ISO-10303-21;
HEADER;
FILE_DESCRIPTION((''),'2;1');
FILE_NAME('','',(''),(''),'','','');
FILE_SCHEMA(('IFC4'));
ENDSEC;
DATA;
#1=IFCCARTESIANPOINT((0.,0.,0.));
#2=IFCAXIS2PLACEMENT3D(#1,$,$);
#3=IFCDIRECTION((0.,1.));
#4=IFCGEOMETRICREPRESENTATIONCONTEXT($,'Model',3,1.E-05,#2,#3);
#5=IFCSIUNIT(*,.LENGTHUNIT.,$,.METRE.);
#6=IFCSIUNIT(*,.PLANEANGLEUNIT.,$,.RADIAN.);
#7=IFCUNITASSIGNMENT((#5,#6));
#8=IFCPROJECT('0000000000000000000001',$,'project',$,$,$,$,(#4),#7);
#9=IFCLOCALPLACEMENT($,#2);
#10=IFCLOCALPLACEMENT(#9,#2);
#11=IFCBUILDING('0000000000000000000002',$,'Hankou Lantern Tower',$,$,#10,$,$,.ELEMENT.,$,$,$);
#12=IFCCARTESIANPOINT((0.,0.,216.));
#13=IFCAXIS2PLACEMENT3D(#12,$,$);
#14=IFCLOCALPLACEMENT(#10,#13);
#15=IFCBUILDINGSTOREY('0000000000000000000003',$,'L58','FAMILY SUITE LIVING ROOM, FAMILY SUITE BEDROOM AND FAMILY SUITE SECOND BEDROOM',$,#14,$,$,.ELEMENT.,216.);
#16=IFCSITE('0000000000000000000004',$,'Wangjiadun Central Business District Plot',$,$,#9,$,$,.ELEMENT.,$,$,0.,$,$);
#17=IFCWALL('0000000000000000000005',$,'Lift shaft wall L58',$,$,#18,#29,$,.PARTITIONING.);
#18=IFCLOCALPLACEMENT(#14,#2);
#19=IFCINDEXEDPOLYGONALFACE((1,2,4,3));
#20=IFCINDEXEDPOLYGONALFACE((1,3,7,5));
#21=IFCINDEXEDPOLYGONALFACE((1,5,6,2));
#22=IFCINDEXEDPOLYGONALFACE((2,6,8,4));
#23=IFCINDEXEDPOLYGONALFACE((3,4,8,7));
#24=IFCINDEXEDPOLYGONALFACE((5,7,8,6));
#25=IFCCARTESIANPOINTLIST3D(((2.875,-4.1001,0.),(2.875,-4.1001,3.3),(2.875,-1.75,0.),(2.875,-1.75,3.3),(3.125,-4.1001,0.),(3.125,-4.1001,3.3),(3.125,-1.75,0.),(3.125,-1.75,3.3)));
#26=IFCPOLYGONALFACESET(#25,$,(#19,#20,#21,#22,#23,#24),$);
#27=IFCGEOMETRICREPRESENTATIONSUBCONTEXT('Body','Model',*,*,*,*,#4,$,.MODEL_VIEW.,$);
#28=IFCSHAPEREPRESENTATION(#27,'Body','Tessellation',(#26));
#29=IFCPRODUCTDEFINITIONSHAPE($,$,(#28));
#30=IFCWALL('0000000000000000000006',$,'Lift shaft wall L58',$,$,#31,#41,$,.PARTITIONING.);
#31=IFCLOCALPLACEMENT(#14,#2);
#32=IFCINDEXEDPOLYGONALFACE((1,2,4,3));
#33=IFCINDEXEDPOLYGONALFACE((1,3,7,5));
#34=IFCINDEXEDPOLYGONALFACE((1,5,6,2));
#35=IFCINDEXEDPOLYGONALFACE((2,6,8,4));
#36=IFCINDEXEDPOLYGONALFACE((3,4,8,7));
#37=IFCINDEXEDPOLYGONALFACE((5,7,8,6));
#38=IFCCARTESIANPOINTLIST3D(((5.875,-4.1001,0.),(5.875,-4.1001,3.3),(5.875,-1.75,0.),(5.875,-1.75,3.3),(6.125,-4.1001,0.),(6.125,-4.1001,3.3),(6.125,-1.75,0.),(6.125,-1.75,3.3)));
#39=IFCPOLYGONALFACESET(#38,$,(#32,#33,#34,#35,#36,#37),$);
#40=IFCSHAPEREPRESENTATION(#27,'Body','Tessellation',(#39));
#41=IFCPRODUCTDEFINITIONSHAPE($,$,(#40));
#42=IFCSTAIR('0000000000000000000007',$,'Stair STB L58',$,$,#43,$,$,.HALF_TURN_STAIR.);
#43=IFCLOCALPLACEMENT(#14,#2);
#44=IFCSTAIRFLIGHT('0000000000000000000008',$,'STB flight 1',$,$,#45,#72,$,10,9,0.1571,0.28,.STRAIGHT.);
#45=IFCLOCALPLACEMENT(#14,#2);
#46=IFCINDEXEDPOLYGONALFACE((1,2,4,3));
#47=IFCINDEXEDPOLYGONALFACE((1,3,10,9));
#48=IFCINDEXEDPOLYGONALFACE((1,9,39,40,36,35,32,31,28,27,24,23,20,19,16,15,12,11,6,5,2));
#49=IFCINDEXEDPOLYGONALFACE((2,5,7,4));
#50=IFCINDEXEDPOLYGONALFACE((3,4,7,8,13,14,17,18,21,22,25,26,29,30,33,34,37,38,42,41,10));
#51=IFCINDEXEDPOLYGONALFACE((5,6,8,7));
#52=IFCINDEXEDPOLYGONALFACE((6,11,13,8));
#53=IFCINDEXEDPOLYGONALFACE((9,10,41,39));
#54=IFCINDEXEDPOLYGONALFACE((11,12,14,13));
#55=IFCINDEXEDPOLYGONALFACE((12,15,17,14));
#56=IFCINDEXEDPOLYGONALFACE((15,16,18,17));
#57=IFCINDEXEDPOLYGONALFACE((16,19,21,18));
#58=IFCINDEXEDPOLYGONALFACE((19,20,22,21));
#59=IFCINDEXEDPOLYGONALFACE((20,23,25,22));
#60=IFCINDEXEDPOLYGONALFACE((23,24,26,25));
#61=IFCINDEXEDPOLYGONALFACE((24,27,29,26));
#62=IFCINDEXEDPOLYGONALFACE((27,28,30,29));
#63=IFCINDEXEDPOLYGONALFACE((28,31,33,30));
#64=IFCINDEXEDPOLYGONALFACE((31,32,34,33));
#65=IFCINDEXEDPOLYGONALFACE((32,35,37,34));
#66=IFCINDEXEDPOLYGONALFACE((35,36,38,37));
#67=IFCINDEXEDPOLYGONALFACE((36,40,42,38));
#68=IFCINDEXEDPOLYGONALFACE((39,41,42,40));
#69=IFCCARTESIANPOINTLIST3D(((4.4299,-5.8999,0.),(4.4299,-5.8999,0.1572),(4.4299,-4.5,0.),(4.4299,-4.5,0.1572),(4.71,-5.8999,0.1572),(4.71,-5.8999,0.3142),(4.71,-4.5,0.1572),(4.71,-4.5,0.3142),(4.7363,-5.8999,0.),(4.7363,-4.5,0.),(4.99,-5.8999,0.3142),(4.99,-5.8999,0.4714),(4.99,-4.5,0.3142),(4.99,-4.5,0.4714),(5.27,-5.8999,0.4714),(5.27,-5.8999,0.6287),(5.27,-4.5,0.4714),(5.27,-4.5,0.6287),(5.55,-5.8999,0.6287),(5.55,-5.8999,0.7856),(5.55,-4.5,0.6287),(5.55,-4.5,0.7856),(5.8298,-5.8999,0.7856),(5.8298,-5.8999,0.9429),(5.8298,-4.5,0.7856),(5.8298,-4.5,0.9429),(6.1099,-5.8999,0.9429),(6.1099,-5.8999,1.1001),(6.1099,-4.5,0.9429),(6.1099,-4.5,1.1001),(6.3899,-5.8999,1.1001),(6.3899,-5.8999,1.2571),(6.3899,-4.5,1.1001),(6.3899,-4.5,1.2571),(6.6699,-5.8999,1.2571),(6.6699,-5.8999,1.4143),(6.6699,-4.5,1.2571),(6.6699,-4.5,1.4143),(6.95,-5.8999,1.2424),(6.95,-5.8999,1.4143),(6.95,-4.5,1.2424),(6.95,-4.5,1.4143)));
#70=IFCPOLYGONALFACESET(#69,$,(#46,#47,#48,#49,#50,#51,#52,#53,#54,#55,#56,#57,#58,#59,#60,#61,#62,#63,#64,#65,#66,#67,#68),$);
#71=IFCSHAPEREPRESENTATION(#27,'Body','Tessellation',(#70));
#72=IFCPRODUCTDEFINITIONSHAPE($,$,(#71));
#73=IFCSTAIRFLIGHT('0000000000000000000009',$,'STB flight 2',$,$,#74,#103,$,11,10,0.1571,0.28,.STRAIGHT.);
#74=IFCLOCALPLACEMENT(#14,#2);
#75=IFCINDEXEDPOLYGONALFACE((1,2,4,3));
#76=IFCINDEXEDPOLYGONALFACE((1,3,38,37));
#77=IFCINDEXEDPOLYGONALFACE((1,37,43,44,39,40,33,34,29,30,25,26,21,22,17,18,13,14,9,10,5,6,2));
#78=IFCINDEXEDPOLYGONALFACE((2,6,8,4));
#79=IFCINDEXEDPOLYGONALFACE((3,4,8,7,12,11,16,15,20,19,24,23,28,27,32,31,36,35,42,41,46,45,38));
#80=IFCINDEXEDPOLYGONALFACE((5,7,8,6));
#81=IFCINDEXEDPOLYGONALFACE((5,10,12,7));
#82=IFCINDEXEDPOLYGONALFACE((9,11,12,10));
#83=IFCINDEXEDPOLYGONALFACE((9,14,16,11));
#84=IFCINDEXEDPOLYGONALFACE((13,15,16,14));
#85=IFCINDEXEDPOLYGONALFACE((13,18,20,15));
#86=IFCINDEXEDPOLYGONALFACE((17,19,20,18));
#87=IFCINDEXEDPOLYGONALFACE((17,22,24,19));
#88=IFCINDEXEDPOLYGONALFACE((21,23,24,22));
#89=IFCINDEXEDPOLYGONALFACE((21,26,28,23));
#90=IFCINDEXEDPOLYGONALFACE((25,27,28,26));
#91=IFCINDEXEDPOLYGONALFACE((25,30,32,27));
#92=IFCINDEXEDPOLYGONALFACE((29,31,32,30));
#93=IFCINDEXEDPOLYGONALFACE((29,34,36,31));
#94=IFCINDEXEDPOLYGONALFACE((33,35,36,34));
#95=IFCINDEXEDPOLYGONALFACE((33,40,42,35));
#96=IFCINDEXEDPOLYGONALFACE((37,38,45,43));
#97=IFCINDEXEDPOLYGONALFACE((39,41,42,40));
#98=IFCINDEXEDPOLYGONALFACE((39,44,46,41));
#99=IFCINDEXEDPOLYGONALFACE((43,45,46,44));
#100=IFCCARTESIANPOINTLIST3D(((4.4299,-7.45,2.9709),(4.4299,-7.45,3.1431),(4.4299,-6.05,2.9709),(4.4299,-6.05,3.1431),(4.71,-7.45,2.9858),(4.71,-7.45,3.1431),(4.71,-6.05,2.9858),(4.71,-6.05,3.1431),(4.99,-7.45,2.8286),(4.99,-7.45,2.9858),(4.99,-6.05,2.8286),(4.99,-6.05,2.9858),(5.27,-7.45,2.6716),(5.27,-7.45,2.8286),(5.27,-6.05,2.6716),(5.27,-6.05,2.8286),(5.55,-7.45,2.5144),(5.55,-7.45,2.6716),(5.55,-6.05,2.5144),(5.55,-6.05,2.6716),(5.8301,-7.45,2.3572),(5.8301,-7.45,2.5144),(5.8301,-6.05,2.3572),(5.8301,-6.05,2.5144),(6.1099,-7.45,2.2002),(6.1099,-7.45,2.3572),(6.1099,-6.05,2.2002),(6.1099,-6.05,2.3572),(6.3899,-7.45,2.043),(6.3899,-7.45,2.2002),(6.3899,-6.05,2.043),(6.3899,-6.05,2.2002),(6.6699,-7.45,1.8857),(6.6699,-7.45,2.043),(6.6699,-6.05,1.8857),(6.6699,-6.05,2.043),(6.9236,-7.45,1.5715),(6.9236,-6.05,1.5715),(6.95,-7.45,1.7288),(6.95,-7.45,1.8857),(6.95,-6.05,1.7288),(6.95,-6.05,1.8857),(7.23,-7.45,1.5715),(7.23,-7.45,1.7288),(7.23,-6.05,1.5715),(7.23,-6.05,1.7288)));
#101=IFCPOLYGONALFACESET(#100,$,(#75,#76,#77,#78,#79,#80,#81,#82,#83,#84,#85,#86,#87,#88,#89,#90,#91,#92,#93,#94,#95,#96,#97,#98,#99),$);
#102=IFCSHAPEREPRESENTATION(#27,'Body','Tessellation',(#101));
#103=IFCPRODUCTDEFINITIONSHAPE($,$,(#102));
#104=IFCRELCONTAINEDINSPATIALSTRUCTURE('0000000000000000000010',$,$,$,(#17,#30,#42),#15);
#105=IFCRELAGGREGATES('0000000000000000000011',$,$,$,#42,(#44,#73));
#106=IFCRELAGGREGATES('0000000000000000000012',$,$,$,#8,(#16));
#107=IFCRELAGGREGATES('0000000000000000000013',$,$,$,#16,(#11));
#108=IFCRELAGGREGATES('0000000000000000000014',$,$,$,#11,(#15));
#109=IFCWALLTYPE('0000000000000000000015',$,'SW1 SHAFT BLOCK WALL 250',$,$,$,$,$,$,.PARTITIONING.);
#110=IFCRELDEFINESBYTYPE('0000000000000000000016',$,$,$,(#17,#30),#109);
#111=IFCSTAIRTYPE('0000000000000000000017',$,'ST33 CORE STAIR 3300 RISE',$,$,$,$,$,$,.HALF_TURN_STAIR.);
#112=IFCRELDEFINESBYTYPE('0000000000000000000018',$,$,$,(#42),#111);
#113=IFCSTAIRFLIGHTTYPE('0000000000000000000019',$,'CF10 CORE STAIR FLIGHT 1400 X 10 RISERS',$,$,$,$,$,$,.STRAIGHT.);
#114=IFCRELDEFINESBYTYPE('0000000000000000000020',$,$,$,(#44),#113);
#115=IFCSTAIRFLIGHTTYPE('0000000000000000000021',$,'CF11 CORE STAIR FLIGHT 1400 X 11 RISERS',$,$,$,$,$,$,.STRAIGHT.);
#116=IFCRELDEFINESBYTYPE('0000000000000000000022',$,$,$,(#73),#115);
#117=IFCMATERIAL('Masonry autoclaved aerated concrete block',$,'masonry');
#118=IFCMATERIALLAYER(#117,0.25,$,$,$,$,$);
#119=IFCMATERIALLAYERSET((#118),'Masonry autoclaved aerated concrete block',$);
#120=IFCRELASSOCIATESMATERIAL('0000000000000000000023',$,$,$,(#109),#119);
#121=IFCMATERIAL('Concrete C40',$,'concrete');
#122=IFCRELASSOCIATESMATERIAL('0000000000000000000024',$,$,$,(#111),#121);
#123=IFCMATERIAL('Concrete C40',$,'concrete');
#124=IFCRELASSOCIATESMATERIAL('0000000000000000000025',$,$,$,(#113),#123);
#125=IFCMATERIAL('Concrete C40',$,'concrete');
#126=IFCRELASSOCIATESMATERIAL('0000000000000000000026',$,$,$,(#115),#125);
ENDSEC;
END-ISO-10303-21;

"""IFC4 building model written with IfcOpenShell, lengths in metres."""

from ifc_helpers import new_model, si_unit, direction, frame, frame_2d, origin, place, context, subcontext, project, spatial, polyline, rectangle, outline, extrude, material, layer, layer_set, type_object, element, aggregate, save


model = new_model("IFC4")

# Units and contexts
model_context = context("Model", 3, precision=1e-05, world=origin(), true_north=direction((0.0, 1.0)))
body_context = subcontext(model_context, "Body", "Model", "MODEL_VIEW")
ifc_project = project(units=[si_unit("LENGTHUNIT", "METRE"), si_unit("PLANEANGLEUNIT", "RADIAN")], contexts=[model_context])

# Site, building, storey
site_placement = place(None, origin())
site = spatial("IfcSite", under=ifc_project, at=site_placement, Name="Wangjiadun Central Business District Plot", CompositionType="ELEMENT", RefElevation=0.0)
building_placement = place(site_placement, origin())
building = spatial("IfcBuilding", under=site, at=building_placement, Name="Hankou Lantern Tower", CompositionType="ELEMENT")
storey_placement = place(building_placement, frame((0.0, 0.0, 216.0)))
storey = spatial("IfcBuildingStorey", under=building, at=storey_placement, Name="L58", Description="FAMILY SUITE LIVING ROOM, FAMILY SUITE BEDROOM AND FAMILY SUITE SECOND BEDROOM", CompositionType="ELEMENT", Elevation=216.0)

# Walls
ifc_material_1 = material(Name="Masonry autoclaved aerated concrete block", Category="masonry")
ifc_layer_1 = layer(ifc_material_1, 0.25)
ifc_layer_set_1 = layer_set([ifc_layer_1], Name="Masonry autoclaved aerated concrete block")
wall_type_1 = type_object("IfcWallType", Name="SW1 SHAFT BLOCK WALL 250", PredefinedType="PARTITIONING", material=ifc_layer_set_1)
for number, where, z_axis, x_axis, name in (
    (1, (3.0, -4.1001, 0.0), (0.0, 0.0, 1.0), (0.0, 1.0, 0.0), "Lift shaft wall L58"),
    (2, (6.0, -4.1001, 0.0), (0.0, 0.0, 1.0), (0.0, 1.0, 0.0), "Lift shaft wall L58"),
):
    element("IfcWall", number, at=place(storey_placement, frame(where, z_axis=z_axis, x_axis=x_axis)), inside=storey, type_object=wall_type_1, Name=name, PredefinedType="PARTITIONING", context=body_context, shape_type="SweptSolid", body=[
        extrude(rectangle(XDim=2.3501, YDim=0.25, at=frame_2d((1.175, 0.0))), origin(), (0.0, 0.0, 1.0), 3.3),
    ])

# Stair, stair flights
ifc_material_2 = material(Name="Concrete C40", Category="concrete")
stair_type = type_object("IfcStairType", Name="ST33 CORE STAIR 3300 RISE", PredefinedType="HALF_TURN_STAIR", material=ifc_material_2)
stair_placement = place(storey_placement, origin())
stair = element("IfcStair", 3, at=stair_placement, inside=storey, type_object=stair_type, Name="Stair STB L58", PredefinedType="HALF_TURN_STAIR")
ifc_material_3 = material(Name="Concrete C40", Category="concrete")
stair_flight_type_1 = type_object("IfcStairFlightType", Name="CF10 CORE STAIR FLIGHT 1400 X 10 RISERS", PredefinedType="STRAIGHT", material=ifc_material_3)
stair_flight_1_placement = place(storey_placement, frame((4.4299, -5.2, 0.0), z_axis=(0.0, 0.0, 1.0), x_axis=(1.0, 0.0, 0.0)))
stair_flight_1 = element("IfcStairFlight", 4, at=stair_flight_1_placement, type_object=stair_flight_type_1, Name="STB flight 1", NumberOfRisers=10, NumberOfTreads=9, PredefinedType="STRAIGHT", RiserHeight=0.1571, TreadLength=0.28, context=body_context, shape_type="SweptSolid", body=[
    extrude(outline(polyline([(0.0, 0.0), (0.0, 0.1572), (0.28, 0.1572), (0.28, 0.3142), (0.5601, 0.3142), (0.5601, 0.4714), (0.8401, 0.4714), (0.8401, 0.6287), (1.1201, 0.6287), (1.1201, 0.7856), (1.3999, 0.7856), (1.3999, 0.9429), (1.6799, 0.9429), (1.6799, 1.1001), (1.96, 1.1001), (1.96, 1.2571), (2.24, 1.2571), (2.24, 1.4143), (2.52, 1.4143), (2.52, 1.5715), (2.52, 1.2424), (0.3064, 0.0), (0.0, 0.0)])), frame((0.0, 0.7, 0.0), z_axis=(0.0, -1.0, 0.0), x_axis=(1.0, 0.0, 0.0)), (0.0, 0.0, 1.0), 1.3999),
])
ifc_material_4 = material(Name="Concrete C40", Category="concrete")
stair_flight_type_2 = type_object("IfcStairFlightType", Name="CF11 CORE STAIR FLIGHT 1400 X 11 RISERS", PredefinedType="STRAIGHT", material=ifc_material_4)
stair_flight_2_placement = place(storey_placement, frame((7.23, -6.75, 1.5715), z_axis=(0.0, 0.0, 1.0), x_axis=(-1.0, 0.0, 0.0)))
stair_flight_2 = element("IfcStairFlight", 5, at=stair_flight_2_placement, type_object=stair_flight_type_2, Name="STB flight 2", NumberOfRisers=11, NumberOfTreads=10, PredefinedType="STRAIGHT", RiserHeight=0.1571, TreadLength=0.28, context=body_context, shape_type="SweptSolid", body=[
    extrude(outline(polyline([(0.0, 0.0), (0.0, 0.1572), (0.28, 0.1572), (0.28, 0.3142), (0.5601, 0.3142), (0.5601, 0.4714), (0.8401, 0.4714), (0.8401, 0.6287), (1.1201, 0.6287), (1.1201, 0.7856), (1.3999, 0.7856), (1.3999, 0.9429), (1.6799, 0.9429), (1.6799, 1.1001), (1.96, 1.1001), (1.96, 1.2571), (2.24, 1.2571), (2.24, 1.4143), (2.52, 1.4143), (2.52, 1.5715), (2.8, 1.5715), (2.8, 1.7285), (2.8, 1.3994), (0.3064, 0.0), (0.0, 0.0)])), frame((0.0, 0.7, 0.0), z_axis=(0.0, -1.0, 0.0), x_axis=(1.0, 0.0, 0.0)), (0.0, 0.0, 1.0), 1.3999),
])
aggregate(stair, [stair_flight_1, stair_flight_2])

save(model, "model.ifc")
